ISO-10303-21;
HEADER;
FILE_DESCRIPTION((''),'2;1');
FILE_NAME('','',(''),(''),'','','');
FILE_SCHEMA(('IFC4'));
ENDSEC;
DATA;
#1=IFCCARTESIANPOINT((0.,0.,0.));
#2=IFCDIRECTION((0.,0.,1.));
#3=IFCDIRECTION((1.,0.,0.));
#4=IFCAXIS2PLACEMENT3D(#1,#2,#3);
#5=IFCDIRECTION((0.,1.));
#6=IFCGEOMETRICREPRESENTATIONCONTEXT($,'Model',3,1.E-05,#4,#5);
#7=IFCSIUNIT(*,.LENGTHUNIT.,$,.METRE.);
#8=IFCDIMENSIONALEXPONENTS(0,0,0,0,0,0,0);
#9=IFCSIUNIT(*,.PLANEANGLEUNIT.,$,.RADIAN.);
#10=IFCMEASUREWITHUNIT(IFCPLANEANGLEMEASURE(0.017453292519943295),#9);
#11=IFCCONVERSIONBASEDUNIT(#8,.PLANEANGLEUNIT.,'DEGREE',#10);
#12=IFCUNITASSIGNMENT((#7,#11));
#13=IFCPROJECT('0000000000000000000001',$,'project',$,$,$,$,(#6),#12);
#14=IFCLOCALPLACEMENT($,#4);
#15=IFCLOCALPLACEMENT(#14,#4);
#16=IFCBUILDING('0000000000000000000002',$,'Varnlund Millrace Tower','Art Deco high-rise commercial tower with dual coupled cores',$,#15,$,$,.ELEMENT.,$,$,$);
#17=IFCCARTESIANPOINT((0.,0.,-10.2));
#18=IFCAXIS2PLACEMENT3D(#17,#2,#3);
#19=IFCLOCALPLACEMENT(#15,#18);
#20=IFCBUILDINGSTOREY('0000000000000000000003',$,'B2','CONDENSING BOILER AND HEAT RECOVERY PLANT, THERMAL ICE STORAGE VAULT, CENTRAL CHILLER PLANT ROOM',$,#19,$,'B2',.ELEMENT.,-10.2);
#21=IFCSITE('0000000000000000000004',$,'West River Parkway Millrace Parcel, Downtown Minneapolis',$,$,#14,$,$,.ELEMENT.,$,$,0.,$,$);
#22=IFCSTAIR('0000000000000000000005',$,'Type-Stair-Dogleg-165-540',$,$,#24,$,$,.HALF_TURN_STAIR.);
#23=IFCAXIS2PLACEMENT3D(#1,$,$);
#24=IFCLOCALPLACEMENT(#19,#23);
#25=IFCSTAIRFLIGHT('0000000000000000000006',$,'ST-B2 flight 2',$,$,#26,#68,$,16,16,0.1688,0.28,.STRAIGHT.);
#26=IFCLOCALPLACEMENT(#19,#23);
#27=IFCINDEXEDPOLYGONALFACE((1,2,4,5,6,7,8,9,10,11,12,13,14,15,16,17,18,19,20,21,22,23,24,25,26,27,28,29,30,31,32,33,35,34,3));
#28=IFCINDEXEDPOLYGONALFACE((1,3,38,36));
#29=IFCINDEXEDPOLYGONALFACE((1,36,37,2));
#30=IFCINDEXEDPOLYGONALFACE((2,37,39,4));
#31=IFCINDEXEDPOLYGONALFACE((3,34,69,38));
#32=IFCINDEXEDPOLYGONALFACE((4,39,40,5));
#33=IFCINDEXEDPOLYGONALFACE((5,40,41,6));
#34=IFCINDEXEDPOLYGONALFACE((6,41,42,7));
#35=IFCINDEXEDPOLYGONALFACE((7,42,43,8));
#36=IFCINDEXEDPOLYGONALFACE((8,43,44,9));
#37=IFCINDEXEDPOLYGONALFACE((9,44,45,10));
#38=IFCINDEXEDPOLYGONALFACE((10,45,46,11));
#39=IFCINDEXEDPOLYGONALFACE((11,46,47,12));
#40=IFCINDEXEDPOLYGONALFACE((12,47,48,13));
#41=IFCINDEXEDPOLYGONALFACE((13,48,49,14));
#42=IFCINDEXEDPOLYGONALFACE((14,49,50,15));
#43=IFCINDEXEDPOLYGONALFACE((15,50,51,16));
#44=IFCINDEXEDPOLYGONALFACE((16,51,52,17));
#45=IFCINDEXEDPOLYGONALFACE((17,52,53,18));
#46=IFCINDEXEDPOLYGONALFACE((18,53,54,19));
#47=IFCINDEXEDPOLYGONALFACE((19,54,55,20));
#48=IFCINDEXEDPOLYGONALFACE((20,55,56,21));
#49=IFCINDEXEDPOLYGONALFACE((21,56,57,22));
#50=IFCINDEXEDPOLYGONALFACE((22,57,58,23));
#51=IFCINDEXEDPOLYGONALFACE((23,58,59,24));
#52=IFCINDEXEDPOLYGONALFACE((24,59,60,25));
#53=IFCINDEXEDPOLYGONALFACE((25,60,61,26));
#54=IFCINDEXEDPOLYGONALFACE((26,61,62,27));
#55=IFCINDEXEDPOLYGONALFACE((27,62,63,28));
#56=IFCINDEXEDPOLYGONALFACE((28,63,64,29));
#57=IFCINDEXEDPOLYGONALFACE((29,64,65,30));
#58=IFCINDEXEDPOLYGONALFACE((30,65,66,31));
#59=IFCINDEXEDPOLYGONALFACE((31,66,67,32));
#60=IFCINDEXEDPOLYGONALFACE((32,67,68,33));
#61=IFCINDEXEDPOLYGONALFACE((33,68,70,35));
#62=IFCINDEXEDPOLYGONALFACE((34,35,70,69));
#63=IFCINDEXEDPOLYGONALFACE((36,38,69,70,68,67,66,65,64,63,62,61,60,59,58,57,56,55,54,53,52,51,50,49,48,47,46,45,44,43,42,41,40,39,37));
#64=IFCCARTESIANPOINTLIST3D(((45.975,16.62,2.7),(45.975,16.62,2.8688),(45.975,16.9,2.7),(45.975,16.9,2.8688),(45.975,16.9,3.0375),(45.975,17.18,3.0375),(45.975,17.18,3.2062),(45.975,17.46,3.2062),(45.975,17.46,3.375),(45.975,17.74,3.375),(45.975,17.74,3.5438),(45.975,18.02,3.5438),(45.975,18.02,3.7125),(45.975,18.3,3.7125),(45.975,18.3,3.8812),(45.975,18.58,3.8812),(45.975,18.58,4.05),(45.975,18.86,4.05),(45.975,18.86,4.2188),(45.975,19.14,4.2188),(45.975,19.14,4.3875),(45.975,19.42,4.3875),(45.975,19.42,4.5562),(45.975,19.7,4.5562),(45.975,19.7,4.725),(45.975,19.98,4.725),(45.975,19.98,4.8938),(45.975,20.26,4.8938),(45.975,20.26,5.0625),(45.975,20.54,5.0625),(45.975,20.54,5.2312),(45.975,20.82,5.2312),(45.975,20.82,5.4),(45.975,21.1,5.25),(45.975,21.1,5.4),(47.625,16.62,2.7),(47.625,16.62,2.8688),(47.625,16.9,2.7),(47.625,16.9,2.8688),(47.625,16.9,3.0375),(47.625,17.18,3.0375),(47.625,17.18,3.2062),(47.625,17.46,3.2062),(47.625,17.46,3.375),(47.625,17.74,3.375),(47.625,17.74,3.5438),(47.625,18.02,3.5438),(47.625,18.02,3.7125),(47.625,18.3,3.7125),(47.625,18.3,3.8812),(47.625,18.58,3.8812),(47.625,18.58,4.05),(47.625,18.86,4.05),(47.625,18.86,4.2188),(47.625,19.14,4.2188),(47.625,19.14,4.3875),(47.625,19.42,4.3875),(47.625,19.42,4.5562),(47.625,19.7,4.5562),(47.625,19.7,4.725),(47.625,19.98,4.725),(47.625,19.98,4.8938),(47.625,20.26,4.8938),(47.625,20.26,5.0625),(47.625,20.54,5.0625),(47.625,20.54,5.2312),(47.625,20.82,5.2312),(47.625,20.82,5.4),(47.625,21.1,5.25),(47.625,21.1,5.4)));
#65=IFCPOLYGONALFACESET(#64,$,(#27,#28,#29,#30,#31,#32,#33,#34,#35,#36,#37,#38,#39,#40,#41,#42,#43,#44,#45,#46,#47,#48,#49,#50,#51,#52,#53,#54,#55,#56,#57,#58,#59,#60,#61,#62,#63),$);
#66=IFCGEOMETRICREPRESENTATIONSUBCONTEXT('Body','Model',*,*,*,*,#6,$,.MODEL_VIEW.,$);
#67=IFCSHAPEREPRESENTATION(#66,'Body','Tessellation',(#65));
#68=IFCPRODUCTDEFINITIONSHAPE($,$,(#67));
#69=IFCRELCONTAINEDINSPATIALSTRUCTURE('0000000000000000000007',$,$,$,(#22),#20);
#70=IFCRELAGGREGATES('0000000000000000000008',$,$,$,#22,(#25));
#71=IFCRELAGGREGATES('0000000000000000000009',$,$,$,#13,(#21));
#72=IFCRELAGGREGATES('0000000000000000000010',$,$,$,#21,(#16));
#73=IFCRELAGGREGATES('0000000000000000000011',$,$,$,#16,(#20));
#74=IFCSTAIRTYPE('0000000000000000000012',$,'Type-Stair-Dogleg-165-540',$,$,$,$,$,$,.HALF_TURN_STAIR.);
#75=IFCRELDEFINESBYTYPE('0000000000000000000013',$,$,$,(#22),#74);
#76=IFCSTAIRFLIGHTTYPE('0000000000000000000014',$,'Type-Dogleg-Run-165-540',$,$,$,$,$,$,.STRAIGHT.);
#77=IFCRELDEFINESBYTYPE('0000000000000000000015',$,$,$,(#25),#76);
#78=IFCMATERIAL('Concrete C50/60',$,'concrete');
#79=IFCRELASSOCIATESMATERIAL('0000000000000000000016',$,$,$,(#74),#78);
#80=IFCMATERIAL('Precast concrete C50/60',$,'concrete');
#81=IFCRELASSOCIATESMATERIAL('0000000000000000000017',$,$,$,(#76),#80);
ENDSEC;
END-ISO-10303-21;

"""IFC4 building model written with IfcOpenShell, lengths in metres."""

from ifc_helpers import new_model, entity, si_unit, converted_unit, direction, frame, origin_with_axes, place, context, subcontext, project, spatial, polyline, outline, extrude, material, type_object, element, aggregate, save


model = new_model("IFC4")

# Units and contexts
model_context = context("Model", 3, precision=1e-05, world=origin_with_axes(), true_north=direction((0.0, 1.0)))
body_context = subcontext(model_context, "Body", "Model", "MODEL_VIEW")
ifc_project = project(units=[si_unit("LENGTHUNIT", "METRE"), converted_unit("PLANEANGLEUNIT", "DEGREE", entity("IfcPlaneAngleMeasure", 0.017453292519943295), si_unit("PLANEANGLEUNIT", "RADIAN"), dimensions=[0, 0, 0, 0, 0, 0, 0])], contexts=[model_context])

# Site, building, storey
site_placement = place(None, origin_with_axes())
site = spatial("IfcSite", under=ifc_project, at=site_placement, Name="West River Parkway Millrace Parcel, Downtown Minneapolis", CompositionType="ELEMENT", RefElevation=0.0)
building_placement = place(site_placement, origin_with_axes())
building = spatial("IfcBuilding", under=site, at=building_placement, Name="Varnlund Millrace Tower", Description="Art Deco high-rise commercial tower with dual coupled cores", CompositionType="ELEMENT")
storey_placement = place(building_placement, frame((0.0, 0.0, -10.2), z_axis=(0.0, 0.0, 1.0), x_axis=(1.0, 0.0, 0.0)))
storey = spatial("IfcBuildingStorey", under=building, at=storey_placement, Name="B2", Description="CONDENSING BOILER AND HEAT RECOVERY PLANT, THERMAL ICE STORAGE VAULT, CENTRAL CHILLER PLANT ROOM", LongName="B2", CompositionType="ELEMENT", Elevation=-10.2)

# Shared definitions
ifc_material_1 = material(Name="Concrete C50/60", Category="concrete")

# Stair, stair flight
stair_type = type_object("IfcStairType", Name="Type-Stair-Dogleg-165-540", PredefinedType="HALF_TURN_STAIR", material=ifc_material_1)
stair_placement = place(storey_placement, origin_with_axes())
stair = element("IfcStair", 1, at=stair_placement, inside=storey, type_object=stair_type, Name="Type-Stair-Dogleg-165-540", PredefinedType="HALF_TURN_STAIR")
ifc_material_2 = material(Name="Precast concrete C50/60", Category="concrete")
stair_flight_type = type_object("IfcStairFlightType", Name="Type-Dogleg-Run-165-540", PredefinedType="STRAIGHT", material=ifc_material_2)
stair_flight_placement = place(storey_placement, frame((45.975, 16.62, 2.7), z_axis=(1.0, 0.0, 0.0), x_axis=(0.0, 1.0, 0.0)))
stair_flight = element("IfcStairFlight", 2, at=stair_flight_placement, type_object=stair_flight_type, Name="ST-B2 flight 2", NumberOfRisers=16, NumberOfTreads=16, PredefinedType="STRAIGHT", RiserHeight=0.1688, TreadLength=0.28, context=body_context, shape_type="SweptSolid", body=[
    extrude(outline(polyline([(0.0, 0.0), (0.0, 0.1688), (0.28, 0.1688), (0.28, 0.3375), (0.56, 0.3375), (0.56, 0.5062), (0.84, 0.5062), (0.84, 0.675), (1.12, 0.675), (1.12, 0.8438), (1.4, 0.8438), (1.4, 1.0125), (1.68, 1.0125), (1.68, 1.1812), (1.96, 1.1812), (1.96, 1.35), (2.24, 1.35), (2.24, 1.5188), (2.52, 1.5188), (2.52, 1.6875), (2.8, 1.6875), (2.8, 1.8562), (3.08, 1.8562), (3.08, 2.025), (3.36, 2.025), (3.36, 2.1938), (3.64, 2.1938), (3.64, 2.3625), (3.92, 2.3625), (3.92, 2.5312), (4.2, 2.5312), (4.2, 2.7), (4.48, 2.7), (4.48, 2.55), (0.28, 0.0), (0.0, 0.0)])), origin_with_axes(), (0.0, 0.0, 1.0), 1.65),
])
aggregate(stair, [stair_flight])

save(model, "model.ifc")
